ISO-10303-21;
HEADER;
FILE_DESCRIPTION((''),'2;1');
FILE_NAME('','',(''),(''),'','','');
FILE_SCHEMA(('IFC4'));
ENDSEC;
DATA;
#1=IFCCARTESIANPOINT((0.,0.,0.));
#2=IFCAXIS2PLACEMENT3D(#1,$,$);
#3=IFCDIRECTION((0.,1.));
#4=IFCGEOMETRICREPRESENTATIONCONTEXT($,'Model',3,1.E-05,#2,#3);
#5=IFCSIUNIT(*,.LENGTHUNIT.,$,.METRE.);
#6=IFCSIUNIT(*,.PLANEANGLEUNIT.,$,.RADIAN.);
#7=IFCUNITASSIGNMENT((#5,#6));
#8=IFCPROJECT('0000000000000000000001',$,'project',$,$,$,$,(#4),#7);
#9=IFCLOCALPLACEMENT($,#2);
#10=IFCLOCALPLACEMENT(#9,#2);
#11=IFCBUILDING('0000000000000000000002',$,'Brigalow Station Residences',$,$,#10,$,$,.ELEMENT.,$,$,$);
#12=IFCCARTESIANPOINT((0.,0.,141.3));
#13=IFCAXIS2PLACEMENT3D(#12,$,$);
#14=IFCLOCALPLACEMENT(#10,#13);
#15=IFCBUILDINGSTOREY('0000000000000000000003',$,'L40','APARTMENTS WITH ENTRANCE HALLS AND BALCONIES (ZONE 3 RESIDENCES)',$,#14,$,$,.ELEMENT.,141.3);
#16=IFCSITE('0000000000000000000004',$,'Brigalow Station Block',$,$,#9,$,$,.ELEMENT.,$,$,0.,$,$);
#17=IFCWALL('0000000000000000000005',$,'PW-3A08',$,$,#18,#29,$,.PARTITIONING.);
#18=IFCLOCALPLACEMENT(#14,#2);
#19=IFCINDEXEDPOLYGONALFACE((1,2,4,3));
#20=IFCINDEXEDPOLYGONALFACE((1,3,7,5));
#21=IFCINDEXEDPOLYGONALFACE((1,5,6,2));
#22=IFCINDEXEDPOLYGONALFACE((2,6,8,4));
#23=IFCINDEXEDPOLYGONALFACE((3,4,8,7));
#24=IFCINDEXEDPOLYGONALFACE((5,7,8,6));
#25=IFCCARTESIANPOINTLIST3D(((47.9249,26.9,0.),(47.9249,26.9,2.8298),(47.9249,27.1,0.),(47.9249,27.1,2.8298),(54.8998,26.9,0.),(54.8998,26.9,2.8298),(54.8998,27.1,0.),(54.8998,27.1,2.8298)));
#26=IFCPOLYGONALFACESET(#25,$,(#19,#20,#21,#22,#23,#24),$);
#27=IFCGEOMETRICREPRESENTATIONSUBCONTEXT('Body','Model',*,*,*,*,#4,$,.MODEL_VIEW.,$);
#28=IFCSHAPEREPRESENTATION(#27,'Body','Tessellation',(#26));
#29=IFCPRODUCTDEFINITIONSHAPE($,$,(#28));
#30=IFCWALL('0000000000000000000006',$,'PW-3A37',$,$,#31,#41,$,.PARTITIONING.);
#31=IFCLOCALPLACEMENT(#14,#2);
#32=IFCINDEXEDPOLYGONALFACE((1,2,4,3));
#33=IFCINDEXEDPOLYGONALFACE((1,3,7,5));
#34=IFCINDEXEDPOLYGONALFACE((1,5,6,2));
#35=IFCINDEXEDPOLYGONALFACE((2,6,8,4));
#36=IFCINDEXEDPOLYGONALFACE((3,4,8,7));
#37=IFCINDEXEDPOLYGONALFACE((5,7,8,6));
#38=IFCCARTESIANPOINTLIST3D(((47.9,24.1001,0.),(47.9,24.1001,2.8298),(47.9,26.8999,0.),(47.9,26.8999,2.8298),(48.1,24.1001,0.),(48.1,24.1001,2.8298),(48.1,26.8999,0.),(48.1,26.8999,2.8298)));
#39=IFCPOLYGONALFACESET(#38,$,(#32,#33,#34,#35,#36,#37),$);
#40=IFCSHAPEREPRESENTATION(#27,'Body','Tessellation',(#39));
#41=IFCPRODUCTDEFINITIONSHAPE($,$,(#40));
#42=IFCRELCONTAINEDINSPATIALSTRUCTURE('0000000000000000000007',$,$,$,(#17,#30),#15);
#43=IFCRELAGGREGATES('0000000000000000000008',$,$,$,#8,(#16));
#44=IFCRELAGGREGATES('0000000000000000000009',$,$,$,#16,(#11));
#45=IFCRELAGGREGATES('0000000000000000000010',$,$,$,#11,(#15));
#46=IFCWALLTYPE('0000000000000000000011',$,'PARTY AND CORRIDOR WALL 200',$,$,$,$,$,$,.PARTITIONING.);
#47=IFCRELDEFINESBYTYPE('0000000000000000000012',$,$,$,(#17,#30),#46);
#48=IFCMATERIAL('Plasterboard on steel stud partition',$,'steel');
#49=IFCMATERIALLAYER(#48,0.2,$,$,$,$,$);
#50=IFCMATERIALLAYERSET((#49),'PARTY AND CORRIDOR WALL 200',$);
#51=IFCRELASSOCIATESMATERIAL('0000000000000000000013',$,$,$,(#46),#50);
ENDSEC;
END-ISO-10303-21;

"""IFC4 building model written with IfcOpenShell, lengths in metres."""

from ifc_helpers import new_model, si_unit, direction, frame, frame_2d, origin, place, context, subcontext, project, spatial, rectangle, extrude, material, layer, layer_set, type_object, element, save


model = new_model("IFC4")

# Units and contexts
model_context = context("Model", 3, precision=1e-05, world=origin(), true_north=direction((0.0, 1.0)))
body_context = subcontext(model_context, "Body", "Model", "MODEL_VIEW")
ifc_project = project(units=[si_unit("LENGTHUNIT", "METRE"), si_unit("PLANEANGLEUNIT", "RADIAN")], contexts=[model_context])

# Site, building, storey
site_placement = place(None, origin())
site = spatial("IfcSite", under=ifc_project, at=site_placement, Name="Brigalow Station Block", CompositionType="ELEMENT", RefElevation=0.0)
building_placement = place(site_placement, origin())
building = spatial("IfcBuilding", under=site, at=building_placement, Name="Brigalow Station Residences", CompositionType="ELEMENT")
storey_placement = place(building_placement, frame((0.0, 0.0, 141.3)))
storey = spatial("IfcBuildingStorey", under=building, at=storey_placement, Name="L40", Description="APARTMENTS WITH ENTRANCE HALLS AND BALCONIES (ZONE 3 RESIDENCES)", CompositionType="ELEMENT", Elevation=141.3)

# Walls
ifc_material_1 = material(Name="Plasterboard on steel stud partition", Category="steel")
ifc_layer_1 = layer(ifc_material_1, 0.2)
ifc_layer_set_1 = layer_set([ifc_layer_1], Name="PARTY AND CORRIDOR WALL 200")
wall_type_1 = type_object("IfcWallType", Name="PARTY AND CORRIDOR WALL 200", PredefinedType="PARTITIONING", material=ifc_layer_set_1)
wall_1_placement = place(storey_placement, frame((47.925, 27.0, 0.0), z_axis=(0.0, 0.0, 1.0), x_axis=(1.0, 0.0, 0.0)))
element("IfcWall", 1, at=wall_1_placement, inside=storey, type_object=wall_type_1, Name="PW-3A08", PredefinedType="PARTITIONING", context=body_context, shape_type="SweptSolid", body=[
    extrude(rectangle(XDim=6.9749, YDim=0.2, at=frame_2d((3.4873, 0.0))), origin(), (0.0, 0.0, 1.0), 2.8298),
])
wall_2_placement = place(storey_placement, frame((48.0, 24.1001, 0.0), z_axis=(0.0, 0.0, 1.0), x_axis=(0.0, 1.0, 0.0)))
element("IfcWall", 2, at=wall_2_placement, inside=storey, type_object=wall_type_1, Name="PW-3A37", PredefinedType="PARTITIONING", context=body_context, shape_type="SweptSolid", body=[
    extrude(rectangle(XDim=2.7998, YDim=0.2, at=frame_2d((1.3999, 0.0))), origin(), (0.0, 0.0, 1.0), 2.8298),
])

save(model, "model.ifc")
